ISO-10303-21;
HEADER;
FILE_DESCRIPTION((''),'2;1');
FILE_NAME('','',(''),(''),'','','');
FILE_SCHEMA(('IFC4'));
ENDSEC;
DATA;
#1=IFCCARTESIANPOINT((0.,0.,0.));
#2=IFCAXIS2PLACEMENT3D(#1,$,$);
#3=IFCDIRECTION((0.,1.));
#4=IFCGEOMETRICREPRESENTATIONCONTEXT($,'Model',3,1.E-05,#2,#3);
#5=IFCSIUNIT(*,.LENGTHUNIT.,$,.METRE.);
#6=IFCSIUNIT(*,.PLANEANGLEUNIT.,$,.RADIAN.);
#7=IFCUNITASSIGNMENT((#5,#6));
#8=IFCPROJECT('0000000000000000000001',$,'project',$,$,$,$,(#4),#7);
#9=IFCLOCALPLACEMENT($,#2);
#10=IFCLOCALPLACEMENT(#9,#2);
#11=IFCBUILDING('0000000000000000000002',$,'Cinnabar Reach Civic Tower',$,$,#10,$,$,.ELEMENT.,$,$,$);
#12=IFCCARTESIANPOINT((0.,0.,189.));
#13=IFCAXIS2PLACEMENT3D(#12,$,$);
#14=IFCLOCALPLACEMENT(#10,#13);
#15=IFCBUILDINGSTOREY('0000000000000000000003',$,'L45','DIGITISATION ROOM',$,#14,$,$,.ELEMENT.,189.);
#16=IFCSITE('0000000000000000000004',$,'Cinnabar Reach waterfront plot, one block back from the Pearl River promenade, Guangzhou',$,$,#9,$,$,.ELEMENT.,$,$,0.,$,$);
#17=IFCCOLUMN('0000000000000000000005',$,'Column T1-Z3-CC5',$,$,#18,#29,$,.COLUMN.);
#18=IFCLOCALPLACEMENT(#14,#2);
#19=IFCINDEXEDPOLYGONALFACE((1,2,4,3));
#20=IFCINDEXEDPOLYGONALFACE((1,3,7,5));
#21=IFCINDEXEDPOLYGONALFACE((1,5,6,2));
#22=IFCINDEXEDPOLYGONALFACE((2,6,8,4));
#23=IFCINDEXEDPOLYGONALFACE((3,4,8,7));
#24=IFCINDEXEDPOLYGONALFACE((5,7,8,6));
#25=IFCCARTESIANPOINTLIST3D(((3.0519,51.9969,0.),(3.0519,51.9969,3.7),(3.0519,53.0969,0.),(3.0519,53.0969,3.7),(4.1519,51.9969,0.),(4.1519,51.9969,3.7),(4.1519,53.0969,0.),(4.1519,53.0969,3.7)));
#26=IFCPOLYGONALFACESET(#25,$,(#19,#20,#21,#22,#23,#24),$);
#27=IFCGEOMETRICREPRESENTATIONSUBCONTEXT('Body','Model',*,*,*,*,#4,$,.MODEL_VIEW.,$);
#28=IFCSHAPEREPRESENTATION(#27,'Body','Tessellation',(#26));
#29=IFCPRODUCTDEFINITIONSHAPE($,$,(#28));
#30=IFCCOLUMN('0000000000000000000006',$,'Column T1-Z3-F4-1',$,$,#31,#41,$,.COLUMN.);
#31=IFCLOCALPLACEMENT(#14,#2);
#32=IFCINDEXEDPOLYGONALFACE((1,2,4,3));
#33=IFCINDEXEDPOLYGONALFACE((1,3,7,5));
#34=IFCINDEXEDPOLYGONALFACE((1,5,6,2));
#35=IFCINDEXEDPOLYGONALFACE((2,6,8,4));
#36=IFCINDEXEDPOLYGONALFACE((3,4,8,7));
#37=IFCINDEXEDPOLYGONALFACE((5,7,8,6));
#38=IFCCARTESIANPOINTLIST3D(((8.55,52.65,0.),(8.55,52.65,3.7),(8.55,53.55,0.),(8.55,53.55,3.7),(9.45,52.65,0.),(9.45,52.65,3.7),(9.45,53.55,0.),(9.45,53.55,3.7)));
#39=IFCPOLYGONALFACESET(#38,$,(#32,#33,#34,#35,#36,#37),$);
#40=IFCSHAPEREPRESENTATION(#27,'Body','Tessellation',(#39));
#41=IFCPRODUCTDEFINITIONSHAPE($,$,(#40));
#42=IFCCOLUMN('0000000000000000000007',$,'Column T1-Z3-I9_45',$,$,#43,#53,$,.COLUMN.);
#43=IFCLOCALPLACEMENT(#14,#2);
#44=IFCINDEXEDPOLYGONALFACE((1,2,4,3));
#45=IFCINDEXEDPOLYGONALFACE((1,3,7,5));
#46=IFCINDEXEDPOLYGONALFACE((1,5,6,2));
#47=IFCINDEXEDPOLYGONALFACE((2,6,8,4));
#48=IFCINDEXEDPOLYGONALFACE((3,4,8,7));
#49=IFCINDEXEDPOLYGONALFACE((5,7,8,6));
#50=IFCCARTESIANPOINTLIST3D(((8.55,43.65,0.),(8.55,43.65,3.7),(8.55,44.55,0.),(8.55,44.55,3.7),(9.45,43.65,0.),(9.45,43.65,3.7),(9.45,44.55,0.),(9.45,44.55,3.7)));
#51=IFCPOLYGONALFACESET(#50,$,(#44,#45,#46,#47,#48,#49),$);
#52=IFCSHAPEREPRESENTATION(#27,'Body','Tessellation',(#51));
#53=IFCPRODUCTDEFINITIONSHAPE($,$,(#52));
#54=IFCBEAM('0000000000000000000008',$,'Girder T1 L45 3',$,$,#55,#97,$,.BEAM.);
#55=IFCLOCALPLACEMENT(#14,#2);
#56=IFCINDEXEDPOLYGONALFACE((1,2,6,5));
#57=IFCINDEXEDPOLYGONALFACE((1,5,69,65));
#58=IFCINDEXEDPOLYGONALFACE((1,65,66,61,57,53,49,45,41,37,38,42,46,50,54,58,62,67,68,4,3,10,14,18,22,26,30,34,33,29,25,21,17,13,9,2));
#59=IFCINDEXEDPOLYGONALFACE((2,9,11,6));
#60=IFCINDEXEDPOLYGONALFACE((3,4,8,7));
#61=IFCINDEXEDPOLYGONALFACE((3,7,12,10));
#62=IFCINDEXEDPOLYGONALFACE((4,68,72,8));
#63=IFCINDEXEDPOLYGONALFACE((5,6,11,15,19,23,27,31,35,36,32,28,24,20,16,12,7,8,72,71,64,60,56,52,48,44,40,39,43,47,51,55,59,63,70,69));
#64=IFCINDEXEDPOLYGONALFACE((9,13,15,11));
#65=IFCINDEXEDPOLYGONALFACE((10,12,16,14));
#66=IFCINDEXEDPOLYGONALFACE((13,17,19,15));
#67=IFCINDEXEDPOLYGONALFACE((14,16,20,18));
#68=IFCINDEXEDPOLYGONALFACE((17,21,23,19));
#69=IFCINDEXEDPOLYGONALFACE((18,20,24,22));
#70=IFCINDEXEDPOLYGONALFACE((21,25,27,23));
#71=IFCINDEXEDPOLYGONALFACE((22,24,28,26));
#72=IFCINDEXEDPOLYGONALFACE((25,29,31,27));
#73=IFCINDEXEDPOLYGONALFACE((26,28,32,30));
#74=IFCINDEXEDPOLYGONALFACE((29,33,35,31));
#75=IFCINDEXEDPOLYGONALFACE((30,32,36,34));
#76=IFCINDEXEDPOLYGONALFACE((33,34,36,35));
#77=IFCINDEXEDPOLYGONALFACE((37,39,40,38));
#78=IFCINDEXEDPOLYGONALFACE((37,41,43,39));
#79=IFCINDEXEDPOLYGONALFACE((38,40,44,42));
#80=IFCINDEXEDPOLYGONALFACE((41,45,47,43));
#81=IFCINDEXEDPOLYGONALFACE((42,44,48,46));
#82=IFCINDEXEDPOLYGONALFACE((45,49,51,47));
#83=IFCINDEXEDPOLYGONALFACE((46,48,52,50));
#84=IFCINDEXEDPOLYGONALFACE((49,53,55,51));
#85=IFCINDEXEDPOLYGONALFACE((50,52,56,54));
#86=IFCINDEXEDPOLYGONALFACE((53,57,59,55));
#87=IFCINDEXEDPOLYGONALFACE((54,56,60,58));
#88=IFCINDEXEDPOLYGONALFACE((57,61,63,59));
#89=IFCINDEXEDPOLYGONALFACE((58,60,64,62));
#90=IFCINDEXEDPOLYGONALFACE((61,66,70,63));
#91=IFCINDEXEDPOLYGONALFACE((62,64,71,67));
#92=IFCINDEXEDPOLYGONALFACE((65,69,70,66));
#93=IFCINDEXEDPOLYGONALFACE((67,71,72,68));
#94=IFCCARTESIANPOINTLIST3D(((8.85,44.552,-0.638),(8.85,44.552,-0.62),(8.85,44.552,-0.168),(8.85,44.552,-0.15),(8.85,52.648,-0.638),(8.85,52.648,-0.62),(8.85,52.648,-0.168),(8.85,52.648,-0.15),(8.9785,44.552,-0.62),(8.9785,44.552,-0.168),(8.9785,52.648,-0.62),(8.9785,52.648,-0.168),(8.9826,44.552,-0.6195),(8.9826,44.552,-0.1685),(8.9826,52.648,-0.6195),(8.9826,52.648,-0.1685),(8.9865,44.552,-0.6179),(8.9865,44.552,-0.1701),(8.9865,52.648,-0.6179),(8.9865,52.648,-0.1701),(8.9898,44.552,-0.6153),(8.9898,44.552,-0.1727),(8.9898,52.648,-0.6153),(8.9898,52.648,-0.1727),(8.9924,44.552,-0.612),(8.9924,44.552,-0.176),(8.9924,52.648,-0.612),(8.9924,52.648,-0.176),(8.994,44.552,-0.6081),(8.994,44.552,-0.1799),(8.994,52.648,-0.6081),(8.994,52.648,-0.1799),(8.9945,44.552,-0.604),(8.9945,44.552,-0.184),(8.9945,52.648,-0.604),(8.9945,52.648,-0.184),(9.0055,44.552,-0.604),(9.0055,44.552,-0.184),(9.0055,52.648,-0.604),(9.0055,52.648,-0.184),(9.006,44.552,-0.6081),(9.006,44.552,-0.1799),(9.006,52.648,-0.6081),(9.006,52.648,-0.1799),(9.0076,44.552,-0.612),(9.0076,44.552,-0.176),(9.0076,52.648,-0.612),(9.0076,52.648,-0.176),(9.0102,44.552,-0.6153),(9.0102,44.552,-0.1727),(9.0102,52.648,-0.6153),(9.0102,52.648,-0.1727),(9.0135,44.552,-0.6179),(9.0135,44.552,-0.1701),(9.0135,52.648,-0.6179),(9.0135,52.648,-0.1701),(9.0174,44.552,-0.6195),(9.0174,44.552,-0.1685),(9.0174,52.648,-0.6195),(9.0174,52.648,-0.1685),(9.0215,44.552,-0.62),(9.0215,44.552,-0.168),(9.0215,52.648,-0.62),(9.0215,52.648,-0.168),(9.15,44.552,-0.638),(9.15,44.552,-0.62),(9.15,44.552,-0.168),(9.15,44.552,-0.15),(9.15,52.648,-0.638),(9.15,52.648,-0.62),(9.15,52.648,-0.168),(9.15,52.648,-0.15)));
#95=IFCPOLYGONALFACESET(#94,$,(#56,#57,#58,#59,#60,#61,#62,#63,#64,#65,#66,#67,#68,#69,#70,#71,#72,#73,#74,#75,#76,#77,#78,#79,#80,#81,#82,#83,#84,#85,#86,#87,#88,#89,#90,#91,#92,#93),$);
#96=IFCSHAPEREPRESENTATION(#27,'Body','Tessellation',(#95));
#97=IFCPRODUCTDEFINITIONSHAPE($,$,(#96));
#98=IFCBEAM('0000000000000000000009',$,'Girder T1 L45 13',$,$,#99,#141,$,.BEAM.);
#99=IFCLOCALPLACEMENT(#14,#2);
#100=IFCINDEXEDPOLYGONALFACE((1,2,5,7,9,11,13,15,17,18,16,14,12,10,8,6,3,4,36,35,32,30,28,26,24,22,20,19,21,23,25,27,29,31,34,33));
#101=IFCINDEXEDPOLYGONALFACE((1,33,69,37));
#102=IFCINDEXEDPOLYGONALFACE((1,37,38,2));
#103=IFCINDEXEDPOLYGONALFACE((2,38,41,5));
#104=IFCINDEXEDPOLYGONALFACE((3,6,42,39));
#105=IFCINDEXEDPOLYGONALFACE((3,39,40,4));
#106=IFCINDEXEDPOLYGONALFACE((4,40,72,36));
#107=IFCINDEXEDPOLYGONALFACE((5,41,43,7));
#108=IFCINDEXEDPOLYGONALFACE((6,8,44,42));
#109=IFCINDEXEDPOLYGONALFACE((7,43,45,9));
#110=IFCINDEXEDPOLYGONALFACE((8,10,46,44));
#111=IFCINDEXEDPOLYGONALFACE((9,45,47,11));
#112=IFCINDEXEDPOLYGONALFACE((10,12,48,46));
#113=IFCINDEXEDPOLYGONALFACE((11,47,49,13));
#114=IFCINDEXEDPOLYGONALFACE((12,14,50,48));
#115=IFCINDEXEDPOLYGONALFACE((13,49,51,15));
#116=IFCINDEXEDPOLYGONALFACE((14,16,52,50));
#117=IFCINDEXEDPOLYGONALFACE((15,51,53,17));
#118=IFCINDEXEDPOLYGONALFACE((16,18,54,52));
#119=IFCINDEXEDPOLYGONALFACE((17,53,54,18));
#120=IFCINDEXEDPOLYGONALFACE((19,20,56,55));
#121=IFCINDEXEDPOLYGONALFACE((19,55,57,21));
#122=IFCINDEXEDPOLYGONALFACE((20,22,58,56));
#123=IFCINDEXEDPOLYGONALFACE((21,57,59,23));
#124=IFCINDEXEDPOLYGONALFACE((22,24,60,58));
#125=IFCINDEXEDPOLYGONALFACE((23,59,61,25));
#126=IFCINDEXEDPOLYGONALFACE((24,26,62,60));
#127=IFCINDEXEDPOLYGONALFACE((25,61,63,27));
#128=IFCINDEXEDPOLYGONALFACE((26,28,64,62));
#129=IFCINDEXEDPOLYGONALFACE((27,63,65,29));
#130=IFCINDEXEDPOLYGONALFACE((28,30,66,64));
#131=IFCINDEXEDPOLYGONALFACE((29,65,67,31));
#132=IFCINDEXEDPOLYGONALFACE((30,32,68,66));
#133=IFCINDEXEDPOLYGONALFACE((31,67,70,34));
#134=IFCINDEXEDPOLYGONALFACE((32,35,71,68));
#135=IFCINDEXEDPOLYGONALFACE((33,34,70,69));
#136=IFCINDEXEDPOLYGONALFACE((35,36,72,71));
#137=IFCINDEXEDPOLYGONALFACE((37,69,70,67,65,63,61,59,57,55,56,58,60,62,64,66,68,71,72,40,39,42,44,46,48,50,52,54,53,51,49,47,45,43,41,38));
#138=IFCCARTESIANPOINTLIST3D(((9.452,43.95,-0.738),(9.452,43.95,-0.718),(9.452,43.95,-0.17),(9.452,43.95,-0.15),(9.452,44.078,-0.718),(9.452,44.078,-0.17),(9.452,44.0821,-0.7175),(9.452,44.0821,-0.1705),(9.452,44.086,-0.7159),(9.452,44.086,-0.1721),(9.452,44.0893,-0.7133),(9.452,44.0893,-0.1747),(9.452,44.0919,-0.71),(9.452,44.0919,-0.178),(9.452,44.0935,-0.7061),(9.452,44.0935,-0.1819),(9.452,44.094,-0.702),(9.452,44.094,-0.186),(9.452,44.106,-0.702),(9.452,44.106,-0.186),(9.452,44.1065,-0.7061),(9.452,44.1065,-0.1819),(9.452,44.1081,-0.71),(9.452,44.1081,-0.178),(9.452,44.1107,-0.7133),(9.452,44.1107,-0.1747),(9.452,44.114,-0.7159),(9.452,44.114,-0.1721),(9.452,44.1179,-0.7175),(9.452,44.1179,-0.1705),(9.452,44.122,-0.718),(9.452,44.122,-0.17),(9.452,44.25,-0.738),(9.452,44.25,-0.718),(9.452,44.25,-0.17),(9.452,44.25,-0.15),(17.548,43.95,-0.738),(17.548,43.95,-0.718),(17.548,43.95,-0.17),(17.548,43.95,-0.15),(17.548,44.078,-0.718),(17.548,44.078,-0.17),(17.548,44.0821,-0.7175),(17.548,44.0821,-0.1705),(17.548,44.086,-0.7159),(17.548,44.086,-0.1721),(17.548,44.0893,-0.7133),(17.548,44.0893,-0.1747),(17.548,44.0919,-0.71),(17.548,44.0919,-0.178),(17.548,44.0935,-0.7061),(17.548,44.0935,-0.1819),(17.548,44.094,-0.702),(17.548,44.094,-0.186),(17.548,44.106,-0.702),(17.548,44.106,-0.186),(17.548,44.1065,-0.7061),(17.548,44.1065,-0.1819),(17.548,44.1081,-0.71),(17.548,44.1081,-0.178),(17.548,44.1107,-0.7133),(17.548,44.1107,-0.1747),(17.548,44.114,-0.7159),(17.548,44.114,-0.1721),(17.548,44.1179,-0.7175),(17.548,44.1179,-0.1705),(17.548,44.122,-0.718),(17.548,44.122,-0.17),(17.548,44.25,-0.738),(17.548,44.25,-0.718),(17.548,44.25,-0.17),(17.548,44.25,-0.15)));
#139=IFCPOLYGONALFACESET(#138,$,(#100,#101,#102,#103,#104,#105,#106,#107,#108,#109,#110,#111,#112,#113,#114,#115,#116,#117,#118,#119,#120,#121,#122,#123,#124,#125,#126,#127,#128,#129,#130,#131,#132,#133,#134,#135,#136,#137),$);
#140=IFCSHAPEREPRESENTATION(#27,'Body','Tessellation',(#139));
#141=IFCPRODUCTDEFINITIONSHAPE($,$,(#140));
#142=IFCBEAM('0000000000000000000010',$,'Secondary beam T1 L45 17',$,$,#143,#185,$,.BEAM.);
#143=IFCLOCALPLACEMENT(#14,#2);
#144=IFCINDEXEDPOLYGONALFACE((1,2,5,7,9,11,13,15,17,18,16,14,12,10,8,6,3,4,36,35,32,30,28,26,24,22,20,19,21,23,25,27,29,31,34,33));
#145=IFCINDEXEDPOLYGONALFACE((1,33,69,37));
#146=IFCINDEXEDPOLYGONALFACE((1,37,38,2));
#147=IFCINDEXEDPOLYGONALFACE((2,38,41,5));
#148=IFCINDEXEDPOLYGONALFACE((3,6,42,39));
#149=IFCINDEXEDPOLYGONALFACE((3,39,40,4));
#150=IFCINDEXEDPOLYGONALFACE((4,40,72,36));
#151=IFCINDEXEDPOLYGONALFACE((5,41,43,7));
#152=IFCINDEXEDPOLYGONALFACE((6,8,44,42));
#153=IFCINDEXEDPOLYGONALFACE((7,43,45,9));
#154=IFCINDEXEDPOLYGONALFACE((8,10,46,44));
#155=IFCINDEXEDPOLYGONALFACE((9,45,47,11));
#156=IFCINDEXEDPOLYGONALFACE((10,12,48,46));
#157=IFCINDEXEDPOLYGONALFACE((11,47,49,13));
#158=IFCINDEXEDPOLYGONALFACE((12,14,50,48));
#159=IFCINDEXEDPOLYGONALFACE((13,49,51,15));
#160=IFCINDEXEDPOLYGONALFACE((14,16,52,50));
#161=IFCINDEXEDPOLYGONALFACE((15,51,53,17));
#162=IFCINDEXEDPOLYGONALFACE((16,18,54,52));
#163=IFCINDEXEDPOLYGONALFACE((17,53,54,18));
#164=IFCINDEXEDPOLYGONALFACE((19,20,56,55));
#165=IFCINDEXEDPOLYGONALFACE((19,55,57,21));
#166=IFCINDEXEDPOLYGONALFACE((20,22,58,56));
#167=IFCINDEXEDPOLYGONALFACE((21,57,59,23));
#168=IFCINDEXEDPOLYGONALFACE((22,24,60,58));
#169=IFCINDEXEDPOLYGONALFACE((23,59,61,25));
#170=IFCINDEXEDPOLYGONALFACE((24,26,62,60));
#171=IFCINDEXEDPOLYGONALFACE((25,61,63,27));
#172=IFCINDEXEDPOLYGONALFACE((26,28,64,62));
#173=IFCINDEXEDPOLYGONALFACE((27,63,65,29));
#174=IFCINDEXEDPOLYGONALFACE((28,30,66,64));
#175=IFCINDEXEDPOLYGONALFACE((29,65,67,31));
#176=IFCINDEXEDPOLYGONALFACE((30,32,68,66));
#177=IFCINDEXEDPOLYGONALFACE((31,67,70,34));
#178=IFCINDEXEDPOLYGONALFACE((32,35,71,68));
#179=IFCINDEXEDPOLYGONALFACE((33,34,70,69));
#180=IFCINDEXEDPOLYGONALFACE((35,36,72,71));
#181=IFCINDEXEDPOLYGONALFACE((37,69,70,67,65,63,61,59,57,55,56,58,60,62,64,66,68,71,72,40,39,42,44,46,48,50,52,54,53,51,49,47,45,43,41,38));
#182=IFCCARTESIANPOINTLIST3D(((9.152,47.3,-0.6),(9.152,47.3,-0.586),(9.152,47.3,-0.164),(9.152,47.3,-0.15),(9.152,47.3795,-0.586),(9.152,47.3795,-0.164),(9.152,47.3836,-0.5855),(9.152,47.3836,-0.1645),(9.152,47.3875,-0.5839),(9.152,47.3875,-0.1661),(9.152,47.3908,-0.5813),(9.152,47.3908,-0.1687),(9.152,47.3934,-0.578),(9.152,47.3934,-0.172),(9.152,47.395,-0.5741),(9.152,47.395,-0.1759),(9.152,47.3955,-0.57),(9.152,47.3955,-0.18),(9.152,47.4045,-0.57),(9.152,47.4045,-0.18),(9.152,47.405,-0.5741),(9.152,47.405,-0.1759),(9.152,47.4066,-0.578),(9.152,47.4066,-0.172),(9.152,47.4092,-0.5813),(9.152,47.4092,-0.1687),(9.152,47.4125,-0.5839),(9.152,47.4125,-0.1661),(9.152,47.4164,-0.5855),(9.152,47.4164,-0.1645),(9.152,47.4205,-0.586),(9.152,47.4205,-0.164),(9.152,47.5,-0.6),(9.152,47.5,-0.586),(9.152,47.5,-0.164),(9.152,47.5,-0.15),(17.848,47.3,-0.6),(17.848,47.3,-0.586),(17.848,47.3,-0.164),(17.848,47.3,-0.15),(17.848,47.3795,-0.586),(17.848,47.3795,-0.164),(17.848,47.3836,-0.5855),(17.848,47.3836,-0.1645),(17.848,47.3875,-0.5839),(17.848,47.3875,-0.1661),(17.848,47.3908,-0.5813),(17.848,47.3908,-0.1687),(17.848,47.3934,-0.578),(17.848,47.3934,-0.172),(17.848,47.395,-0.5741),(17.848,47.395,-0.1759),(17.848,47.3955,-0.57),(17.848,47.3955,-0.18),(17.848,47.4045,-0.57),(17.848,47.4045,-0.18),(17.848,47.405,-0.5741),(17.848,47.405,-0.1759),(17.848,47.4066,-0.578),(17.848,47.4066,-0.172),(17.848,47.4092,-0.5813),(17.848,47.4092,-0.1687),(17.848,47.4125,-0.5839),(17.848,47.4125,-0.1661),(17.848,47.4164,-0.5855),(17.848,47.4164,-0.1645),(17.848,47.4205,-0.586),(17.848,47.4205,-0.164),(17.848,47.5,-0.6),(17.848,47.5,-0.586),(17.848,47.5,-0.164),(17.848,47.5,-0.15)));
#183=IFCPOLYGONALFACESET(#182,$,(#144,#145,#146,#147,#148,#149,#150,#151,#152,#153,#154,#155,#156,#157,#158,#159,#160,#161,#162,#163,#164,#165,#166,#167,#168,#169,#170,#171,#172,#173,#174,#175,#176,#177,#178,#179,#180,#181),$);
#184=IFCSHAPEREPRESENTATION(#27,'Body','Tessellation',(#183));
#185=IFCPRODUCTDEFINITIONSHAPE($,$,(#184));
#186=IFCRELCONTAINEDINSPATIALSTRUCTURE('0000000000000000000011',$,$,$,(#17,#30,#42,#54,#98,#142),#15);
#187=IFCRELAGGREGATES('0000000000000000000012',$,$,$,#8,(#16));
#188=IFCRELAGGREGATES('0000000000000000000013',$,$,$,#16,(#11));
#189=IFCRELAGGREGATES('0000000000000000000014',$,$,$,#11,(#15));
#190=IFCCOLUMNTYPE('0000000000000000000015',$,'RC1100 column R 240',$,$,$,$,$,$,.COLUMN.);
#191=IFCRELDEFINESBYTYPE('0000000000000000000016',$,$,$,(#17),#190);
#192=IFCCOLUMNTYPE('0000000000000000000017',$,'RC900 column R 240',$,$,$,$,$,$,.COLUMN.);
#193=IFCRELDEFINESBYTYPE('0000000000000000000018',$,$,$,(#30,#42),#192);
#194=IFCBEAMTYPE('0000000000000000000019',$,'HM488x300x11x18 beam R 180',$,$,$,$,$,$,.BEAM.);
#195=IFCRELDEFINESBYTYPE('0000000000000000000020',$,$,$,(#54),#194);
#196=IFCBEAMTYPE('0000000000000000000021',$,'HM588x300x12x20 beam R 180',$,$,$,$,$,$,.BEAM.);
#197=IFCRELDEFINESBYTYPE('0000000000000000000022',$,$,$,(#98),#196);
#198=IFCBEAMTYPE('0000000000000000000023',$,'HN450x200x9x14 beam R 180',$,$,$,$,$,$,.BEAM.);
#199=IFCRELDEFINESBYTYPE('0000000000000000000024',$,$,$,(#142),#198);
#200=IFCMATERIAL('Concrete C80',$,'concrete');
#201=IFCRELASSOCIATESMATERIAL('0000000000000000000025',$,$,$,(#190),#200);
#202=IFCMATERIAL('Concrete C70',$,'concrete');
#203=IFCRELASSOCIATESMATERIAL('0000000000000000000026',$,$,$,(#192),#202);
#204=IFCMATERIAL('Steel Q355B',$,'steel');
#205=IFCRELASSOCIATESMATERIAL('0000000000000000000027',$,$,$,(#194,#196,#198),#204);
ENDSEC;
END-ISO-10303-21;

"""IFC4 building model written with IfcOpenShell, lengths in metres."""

from ifc_helpers import new_model, si_unit, direction, frame, origin, origin_2d, place, context, subcontext, project, spatial, rectangle, i_section, extrude, material, material_profile, profile_set, type_object, element, save


model = new_model("IFC4")

# Units and contexts
model_context = context("Model", 3, precision=1e-05, world=origin(), true_north=direction((0.0, 1.0)))
body_context = subcontext(model_context, "Body", "Model", "MODEL_VIEW")
ifc_project = project(units=[si_unit("LENGTHUNIT", "METRE"), si_unit("PLANEANGLEUNIT", "RADIAN")], contexts=[model_context])

# Site, building, storey
site_placement = place(None, origin())
site = spatial("IfcSite", under=ifc_project, at=site_placement, Name="Cinnabar Reach waterfront plot, one block back from the Pearl River promenade, Guangzhou", CompositionType="ELEMENT", RefElevation=0.0)
building_placement = place(site_placement, origin())
building = spatial("IfcBuilding", under=site, at=building_placement, Name="Cinnabar Reach Civic Tower", CompositionType="ELEMENT")
storey_placement = place(building_placement, frame((0.0, 0.0, 189.0)))
storey = spatial("IfcBuildingStorey", under=building, at=storey_placement, Name="L45", Description="DIGITISATION ROOM", CompositionType="ELEMENT", Elevation=189.0)

# Columns
ifc_material_1 = material(Name="Concrete C80", Category="concrete")
ifc_material_profile_1 = material_profile(ifc_material_1, rectangle(XDim=1.1, YDim=1.1, at=origin_2d()), Name="RC1100")
ifc_profile_set_1 = profile_set([ifc_material_profile_1], Name="Concrete C80")
column_type_1 = type_object("IfcColumnType", Name="RC1100 column R 240", PredefinedType="COLUMN", material=ifc_profile_set_1)
column_placement = place(storey_placement, frame((3.6019, 52.5469, 0.0), z_axis=(0.0, 0.0, 1.0), x_axis=(1.0, 0.0, 0.0)))
element("IfcColumn", 1, at=column_placement, inside=storey, type_object=column_type_1, Name="Column T1-Z3-CC5", PredefinedType="COLUMN", context=body_context, shape_type="SweptSolid", body=[
    extrude(rectangle(XDim=1.1, YDim=1.1, at=origin_2d()), origin(), (0.0, 0.0, 1.0), 3.7),
])
ifc_material_2 = material(Name="Concrete C70", Category="concrete")
ifc_material_profile_2 = material_profile(ifc_material_2, rectangle(XDim=0.9, YDim=0.9, at=origin_2d()), Name="RC900")
ifc_profile_set_2 = profile_set([ifc_material_profile_2], Name="Concrete C70")
column_type_2 = type_object("IfcColumnType", Name="RC900 column R 240", PredefinedType="COLUMN", material=ifc_profile_set_2)
for number, where, z_axis, x_axis, name in (
    (2, (9.0, 53.1, 0.0), (0.0, 0.0, 1.0), (1.0, 0.0, 0.0), "Column T1-Z3-F4-1"),
    (3, (9.0, 44.1, 0.0), (0.0, 0.0, 1.0), (1.0, 0.0, 0.0), "Column T1-Z3-I9_45"),
):
    element("IfcColumn", number, at=place(storey_placement, frame(where, z_axis=z_axis, x_axis=x_axis)), inside=storey, type_object=column_type_2, Name=name, PredefinedType="COLUMN", context=body_context, shape_type="SweptSolid", body=[
        extrude(rectangle(XDim=0.9, YDim=0.9, at=origin_2d()), origin(), (0.0, 0.0, 1.0), 3.7),
    ])

# Beams
ifc_material_3 = material(Name="Steel Q355B", Category="steel")
ifc_material_profile_3 = material_profile(ifc_material_3, i_section(OverallWidth=0.3, OverallDepth=0.488, WebThickness=0.011, FlangeThickness=0.018, FilletRadius=0.016, at=origin_2d()), Name="HM488x300x11x18")
ifc_profile_set_3 = profile_set([ifc_material_profile_3], Name="Steel Q355B")
beam_type_1 = type_object("IfcBeamType", Name="HM488x300x11x18 beam R 180", PredefinedType="BEAM", material=ifc_profile_set_3)
beam_1_placement = place(storey_placement, frame((9.0, 44.552, -0.394), z_axis=(0.0, 1.0, 0.0), x_axis=(-1.0, 0.0, 0.0)))
element("IfcBeam", 4, at=beam_1_placement, inside=storey, type_object=beam_type_1, Name="Girder T1 L45 3", PredefinedType="BEAM", context=body_context, shape_type="SweptSolid", body=[
    extrude(i_section(OverallWidth=0.3, OverallDepth=0.488, WebThickness=0.011, FlangeThickness=0.018, FilletRadius=0.016, at=origin_2d()), origin(), (0.0, 0.0, 1.0), 8.096),
])
ifc_material_profile_4 = material_profile(ifc_material_3, i_section(OverallWidth=0.3, OverallDepth=0.588, WebThickness=0.012, FlangeThickness=0.02, FilletRadius=0.016, at=origin_2d()), Name="HM588x300x12x20")
ifc_profile_set_4 = profile_set([ifc_material_profile_4], Name="Steel Q355B")
beam_type_2 = type_object("IfcBeamType", Name="HM588x300x12x20 beam R 180", PredefinedType="BEAM", material=ifc_profile_set_4)
beam_2_placement = place(storey_placement, frame((9.452, 44.1, -0.444), z_axis=(1.0, 0.0, 0.0), x_axis=(0.0, 1.0, 0.0)))
element("IfcBeam", 5, at=beam_2_placement, inside=storey, type_object=beam_type_2, Name="Girder T1 L45 13", PredefinedType="BEAM", context=body_context, shape_type="SweptSolid", body=[
    extrude(i_section(OverallWidth=0.3, OverallDepth=0.588, WebThickness=0.012, FlangeThickness=0.02, FilletRadius=0.016, at=origin_2d()), origin(), (0.0, 0.0, 1.0), 8.096),
])
ifc_material_profile_5 = material_profile(ifc_material_3, i_section(OverallWidth=0.2, OverallDepth=0.45, WebThickness=0.009, FlangeThickness=0.014, FilletRadius=0.016, at=origin_2d()), Name="HN450x200x9x14")
ifc_profile_set_5 = profile_set([ifc_material_profile_5], Name="Steel Q355B")
beam_type_3 = type_object("IfcBeamType", Name="HN450x200x9x14 beam R 180", PredefinedType="BEAM", material=ifc_profile_set_5)
for number, where, z_axis, x_axis, name in (
    (6, (9.152, 47.4, -0.375), (1.0, 0.0, 0.0), (0.0, 1.0, 0.0), "Secondary beam T1 L45 17"),
):
    element("IfcBeam", number, at=place(storey_placement, frame(where, z_axis=z_axis, x_axis=x_axis)), inside=storey, type_object=beam_type_3, Name=name, PredefinedType="BEAM", context=body_context, shape_type="SweptSolid", body=[
        extrude(i_section(OverallWidth=0.2, OverallDepth=0.45, WebThickness=0.009, FlangeThickness=0.014, FilletRadius=0.016, at=origin_2d()), origin(), (0.0, 0.0, 1.0), 8.696),
    ])

save(model, "model.ifc")
